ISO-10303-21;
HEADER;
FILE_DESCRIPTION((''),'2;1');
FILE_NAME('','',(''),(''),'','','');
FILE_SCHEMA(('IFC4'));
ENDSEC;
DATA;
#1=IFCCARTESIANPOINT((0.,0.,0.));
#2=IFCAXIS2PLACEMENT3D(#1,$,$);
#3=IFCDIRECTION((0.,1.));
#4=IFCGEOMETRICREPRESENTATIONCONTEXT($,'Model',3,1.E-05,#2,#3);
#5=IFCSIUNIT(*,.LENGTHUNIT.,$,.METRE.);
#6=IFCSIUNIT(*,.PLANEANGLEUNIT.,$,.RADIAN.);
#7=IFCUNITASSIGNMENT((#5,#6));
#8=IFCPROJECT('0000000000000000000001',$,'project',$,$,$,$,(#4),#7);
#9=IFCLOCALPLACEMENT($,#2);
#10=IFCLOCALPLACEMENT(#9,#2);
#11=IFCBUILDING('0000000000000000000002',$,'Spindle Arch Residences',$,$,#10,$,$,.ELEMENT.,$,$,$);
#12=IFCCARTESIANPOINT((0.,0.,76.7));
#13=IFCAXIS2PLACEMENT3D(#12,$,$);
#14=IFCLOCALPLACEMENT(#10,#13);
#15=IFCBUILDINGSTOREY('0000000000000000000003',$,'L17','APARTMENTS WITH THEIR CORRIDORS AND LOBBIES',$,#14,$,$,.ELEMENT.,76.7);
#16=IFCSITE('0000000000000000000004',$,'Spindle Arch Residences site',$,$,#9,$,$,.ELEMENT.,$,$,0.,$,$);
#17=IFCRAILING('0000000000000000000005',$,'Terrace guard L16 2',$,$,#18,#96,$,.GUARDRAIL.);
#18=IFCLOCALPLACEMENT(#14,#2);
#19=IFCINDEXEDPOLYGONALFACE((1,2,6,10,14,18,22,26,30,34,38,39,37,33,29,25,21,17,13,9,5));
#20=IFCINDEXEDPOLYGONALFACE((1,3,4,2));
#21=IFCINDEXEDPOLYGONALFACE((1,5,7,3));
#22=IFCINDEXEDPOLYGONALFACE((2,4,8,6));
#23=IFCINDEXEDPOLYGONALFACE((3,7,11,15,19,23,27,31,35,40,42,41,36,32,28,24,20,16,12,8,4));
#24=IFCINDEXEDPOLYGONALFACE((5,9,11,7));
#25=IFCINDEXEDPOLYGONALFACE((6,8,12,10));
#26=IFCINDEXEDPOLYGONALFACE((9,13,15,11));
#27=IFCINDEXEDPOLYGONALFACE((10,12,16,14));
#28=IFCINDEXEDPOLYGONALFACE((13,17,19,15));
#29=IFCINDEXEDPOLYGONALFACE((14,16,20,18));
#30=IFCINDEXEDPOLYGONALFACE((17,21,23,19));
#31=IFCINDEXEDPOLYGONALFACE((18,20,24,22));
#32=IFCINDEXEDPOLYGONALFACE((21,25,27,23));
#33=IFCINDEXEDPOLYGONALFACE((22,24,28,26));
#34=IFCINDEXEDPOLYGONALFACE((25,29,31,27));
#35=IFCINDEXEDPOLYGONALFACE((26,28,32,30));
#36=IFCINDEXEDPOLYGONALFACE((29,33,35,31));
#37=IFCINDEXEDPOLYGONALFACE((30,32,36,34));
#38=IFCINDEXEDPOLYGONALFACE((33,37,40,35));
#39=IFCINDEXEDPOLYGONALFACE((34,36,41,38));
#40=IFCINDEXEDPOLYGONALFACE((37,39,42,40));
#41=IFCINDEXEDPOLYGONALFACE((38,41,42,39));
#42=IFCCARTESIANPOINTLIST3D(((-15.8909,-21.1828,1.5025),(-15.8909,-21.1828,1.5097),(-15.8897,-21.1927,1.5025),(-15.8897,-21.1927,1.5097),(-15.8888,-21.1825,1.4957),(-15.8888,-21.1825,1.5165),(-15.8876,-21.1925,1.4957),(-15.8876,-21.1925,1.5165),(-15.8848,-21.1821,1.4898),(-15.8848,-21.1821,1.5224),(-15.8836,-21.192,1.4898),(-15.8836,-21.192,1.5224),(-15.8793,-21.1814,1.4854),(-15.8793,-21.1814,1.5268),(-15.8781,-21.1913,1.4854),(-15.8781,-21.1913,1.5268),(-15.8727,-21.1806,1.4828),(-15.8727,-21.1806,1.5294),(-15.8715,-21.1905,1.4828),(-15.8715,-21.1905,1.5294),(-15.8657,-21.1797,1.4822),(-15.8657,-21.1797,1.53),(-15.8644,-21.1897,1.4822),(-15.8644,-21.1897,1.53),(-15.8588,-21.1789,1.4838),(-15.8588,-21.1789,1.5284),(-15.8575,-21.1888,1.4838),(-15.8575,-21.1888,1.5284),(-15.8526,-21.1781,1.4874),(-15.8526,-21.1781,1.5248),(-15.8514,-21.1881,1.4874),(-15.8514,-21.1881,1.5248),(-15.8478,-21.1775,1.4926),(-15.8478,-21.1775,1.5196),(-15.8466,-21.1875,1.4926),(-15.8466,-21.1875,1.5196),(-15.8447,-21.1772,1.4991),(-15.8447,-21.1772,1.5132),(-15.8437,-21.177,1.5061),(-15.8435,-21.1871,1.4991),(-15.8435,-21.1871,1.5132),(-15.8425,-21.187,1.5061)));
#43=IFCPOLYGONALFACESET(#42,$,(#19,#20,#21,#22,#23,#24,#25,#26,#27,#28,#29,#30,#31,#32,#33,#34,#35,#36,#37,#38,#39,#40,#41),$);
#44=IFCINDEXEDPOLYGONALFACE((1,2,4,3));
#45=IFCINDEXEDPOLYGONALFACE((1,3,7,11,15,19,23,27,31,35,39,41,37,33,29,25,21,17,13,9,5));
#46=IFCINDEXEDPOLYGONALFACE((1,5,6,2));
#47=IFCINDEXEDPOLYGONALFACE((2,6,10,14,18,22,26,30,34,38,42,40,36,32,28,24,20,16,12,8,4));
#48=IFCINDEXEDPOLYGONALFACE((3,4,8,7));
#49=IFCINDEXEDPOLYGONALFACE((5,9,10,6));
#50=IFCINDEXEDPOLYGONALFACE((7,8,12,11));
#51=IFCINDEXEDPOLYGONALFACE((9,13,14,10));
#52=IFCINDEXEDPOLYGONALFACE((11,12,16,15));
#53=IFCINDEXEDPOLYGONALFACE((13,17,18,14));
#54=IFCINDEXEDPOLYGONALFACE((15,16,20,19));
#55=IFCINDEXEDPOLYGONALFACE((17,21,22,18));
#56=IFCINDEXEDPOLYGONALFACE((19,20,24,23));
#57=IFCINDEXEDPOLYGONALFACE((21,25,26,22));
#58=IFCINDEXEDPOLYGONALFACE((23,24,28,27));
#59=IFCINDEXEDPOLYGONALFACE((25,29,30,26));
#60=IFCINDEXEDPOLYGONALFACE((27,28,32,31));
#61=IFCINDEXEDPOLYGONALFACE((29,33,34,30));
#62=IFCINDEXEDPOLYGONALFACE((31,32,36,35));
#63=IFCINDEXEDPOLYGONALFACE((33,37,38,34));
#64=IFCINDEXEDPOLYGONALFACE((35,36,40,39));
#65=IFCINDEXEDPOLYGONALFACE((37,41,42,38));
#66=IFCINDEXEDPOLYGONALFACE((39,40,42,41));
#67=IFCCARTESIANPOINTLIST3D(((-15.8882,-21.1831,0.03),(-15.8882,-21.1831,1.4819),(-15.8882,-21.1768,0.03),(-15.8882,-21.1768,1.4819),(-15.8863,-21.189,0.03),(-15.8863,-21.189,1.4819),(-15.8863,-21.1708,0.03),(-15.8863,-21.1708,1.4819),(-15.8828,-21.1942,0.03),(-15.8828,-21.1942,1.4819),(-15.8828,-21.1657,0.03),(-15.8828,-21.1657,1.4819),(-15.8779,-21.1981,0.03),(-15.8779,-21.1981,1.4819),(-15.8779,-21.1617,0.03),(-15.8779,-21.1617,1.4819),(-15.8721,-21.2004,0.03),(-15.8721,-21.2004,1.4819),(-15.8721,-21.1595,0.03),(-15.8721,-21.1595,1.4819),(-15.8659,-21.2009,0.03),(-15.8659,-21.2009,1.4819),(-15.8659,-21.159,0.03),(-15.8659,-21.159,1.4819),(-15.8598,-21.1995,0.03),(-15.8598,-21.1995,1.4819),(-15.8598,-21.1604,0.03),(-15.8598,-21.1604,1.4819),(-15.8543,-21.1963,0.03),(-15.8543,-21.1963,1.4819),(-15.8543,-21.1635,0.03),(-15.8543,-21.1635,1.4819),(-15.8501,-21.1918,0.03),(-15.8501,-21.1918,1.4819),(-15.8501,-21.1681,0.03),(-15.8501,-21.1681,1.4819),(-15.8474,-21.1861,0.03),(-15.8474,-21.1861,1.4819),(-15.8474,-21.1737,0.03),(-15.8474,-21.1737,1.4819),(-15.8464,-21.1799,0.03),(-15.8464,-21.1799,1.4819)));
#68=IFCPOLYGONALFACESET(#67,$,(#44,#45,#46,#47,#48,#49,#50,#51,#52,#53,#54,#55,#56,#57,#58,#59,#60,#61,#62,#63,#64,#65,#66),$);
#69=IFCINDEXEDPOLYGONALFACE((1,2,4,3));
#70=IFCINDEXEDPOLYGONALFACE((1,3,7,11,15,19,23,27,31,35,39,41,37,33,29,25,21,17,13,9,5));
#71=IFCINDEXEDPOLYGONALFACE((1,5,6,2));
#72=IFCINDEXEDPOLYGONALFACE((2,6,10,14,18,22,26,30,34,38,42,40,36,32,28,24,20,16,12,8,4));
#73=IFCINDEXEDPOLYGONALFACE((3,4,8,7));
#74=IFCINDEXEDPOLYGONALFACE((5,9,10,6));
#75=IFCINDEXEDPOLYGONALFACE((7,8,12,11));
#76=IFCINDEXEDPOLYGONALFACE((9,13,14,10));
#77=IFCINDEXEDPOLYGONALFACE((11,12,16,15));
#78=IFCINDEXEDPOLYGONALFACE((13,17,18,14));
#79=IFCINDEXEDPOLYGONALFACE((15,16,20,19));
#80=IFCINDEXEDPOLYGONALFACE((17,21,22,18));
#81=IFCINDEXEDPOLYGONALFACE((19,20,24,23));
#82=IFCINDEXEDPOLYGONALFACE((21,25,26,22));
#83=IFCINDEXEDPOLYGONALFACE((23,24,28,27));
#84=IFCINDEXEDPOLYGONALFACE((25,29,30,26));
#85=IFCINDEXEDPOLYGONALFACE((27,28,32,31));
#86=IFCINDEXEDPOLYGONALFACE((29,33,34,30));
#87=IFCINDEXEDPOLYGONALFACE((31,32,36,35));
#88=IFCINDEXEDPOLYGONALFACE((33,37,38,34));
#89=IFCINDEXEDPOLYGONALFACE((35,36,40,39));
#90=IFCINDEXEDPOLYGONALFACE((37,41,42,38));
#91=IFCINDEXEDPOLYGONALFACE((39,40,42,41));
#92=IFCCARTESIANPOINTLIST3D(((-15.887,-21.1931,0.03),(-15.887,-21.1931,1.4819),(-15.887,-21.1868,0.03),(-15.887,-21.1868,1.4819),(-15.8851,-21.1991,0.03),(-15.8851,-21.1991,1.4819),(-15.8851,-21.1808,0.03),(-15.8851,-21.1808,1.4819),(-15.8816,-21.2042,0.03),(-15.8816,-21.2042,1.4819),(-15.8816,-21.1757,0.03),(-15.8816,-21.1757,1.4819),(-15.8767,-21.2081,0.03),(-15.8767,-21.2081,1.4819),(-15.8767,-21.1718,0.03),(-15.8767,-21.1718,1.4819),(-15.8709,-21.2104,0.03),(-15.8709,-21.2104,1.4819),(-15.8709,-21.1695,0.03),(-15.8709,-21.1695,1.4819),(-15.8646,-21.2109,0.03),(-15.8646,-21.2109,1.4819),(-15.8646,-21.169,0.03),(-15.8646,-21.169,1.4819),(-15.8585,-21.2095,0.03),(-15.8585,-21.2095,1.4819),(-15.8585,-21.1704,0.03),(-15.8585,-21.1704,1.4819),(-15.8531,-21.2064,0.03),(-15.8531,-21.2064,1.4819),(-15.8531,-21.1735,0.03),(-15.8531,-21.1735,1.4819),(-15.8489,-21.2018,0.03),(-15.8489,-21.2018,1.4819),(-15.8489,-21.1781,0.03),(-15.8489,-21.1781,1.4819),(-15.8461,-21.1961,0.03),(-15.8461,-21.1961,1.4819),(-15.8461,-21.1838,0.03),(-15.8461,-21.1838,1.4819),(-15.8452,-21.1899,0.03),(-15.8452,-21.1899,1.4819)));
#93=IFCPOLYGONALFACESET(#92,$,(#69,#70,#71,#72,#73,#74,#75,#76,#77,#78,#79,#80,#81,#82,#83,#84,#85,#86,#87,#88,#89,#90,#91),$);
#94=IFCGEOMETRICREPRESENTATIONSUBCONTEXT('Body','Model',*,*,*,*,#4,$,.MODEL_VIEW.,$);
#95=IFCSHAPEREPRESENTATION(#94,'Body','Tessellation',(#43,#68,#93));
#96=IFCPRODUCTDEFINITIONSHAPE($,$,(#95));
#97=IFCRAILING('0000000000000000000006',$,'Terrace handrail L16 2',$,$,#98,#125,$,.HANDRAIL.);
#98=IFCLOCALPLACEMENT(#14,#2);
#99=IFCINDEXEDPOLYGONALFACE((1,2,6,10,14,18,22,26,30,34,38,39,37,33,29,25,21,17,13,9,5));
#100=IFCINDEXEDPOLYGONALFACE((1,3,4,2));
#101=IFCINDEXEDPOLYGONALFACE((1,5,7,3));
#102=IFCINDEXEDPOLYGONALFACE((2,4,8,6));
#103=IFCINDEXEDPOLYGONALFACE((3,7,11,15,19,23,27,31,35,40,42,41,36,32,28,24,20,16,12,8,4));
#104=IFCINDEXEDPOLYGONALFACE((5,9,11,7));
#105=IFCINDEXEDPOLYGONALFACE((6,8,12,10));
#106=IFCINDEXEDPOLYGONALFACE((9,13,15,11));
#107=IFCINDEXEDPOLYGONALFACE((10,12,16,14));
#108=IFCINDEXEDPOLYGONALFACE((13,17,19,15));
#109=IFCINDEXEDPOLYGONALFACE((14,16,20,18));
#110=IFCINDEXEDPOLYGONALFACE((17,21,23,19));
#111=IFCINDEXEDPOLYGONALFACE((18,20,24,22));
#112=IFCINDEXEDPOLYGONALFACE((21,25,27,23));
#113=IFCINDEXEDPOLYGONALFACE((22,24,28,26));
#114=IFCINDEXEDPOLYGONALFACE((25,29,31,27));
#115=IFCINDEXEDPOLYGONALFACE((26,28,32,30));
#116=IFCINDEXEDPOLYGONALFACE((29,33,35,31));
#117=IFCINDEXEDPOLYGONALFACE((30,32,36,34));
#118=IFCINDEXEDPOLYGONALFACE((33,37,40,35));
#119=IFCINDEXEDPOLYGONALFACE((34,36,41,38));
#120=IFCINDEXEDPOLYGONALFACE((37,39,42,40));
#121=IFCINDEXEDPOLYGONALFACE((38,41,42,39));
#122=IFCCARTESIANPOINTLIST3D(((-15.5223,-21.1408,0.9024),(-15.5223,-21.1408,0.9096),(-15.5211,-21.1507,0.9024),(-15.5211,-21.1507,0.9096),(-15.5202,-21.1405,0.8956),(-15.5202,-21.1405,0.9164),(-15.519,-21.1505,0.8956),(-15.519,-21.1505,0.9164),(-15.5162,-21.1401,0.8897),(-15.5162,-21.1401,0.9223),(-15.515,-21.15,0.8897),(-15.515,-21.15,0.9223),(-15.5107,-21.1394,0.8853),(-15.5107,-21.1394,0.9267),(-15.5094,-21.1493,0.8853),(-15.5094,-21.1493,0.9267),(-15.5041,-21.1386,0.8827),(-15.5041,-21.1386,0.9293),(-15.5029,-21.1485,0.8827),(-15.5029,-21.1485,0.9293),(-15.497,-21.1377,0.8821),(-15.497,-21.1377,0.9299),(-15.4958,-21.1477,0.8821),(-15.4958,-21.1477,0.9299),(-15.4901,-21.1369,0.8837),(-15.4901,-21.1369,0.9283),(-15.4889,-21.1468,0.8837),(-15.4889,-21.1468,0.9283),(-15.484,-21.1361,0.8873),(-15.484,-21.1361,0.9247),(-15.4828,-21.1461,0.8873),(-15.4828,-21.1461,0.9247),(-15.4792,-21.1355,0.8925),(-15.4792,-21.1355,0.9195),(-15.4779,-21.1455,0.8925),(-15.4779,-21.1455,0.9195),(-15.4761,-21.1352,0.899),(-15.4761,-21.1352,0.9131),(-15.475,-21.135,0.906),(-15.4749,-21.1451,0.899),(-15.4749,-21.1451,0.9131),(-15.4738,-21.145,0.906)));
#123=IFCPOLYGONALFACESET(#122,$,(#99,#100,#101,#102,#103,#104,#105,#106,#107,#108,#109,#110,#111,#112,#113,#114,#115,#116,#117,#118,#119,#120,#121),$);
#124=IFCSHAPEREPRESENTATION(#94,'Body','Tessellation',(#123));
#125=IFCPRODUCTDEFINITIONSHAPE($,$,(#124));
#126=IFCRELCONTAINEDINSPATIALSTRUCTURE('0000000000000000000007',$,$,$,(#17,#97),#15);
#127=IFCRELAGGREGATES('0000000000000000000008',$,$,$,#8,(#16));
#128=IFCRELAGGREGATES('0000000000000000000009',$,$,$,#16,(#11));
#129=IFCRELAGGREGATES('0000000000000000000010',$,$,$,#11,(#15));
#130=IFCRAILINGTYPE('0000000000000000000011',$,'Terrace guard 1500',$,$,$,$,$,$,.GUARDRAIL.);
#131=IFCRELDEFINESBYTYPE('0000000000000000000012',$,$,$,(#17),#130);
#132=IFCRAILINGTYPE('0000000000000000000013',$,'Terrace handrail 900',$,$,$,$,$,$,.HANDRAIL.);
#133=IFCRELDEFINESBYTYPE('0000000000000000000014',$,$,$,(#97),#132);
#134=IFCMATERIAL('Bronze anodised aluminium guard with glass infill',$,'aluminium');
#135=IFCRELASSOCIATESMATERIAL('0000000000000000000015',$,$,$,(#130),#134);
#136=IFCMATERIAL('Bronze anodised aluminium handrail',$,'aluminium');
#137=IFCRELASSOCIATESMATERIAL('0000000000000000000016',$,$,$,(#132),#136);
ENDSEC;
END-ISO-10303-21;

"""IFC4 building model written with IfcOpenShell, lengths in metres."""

from ifc_helpers import new_model, si_unit, direction, frame, origin, origin_2d, place, context, subcontext, project, spatial, circle, extrude, material, type_object, element, save


model = new_model("IFC4")

# Units and contexts
model_context = context("Model", 3, precision=1e-05, world=origin(), true_north=direction((0.0, 1.0)))
body_context = subcontext(model_context, "Body", "Model", "MODEL_VIEW")
ifc_project = project(units=[si_unit("LENGTHUNIT", "METRE"), si_unit("PLANEANGLEUNIT", "RADIAN")], contexts=[model_context])

# Site, building, storey
site_placement = place(None, origin())
site = spatial("IfcSite", under=ifc_project, at=site_placement, Name="Spindle Arch Residences site", CompositionType="ELEMENT", RefElevation=0.0)
building_placement = place(site_placement, origin())
building = spatial("IfcBuilding", under=site, at=building_placement, Name="Spindle Arch Residences", CompositionType="ELEMENT")
storey_placement = place(building_placement, frame((0.0, 0.0, 76.7)))
storey = spatial("IfcBuildingStorey", under=building, at=storey_placement, Name="L17", Description="APARTMENTS WITH THEIR CORRIDORS AND LOBBIES", CompositionType="ELEMENT", Elevation=76.7)

# Railings
ifc_material_1 = material(Name="Bronze anodised aluminium guard with glass infill", Category="aluminium")
railing_type_1 = type_object("IfcRailingType", Name="Terrace guard 1500", PredefinedType="GUARDRAIL", material=ifc_material_1)
railing_1_placement = place(storey_placement, frame((-15.8674, -21.1799, 0.03)))
element("IfcRailing", 1, at=railing_1_placement, inside=storey, type_object=railing_type_1, Name="Terrace guard L16 2", PredefinedType="GUARDRAIL", context=body_context, shape_type="SweptSolid", body=[
    extrude(circle(Radius=0.0239, at=origin_2d()), frame((0.0, 0.0, 1.4761), z_axis=(0.121054, -0.992646, 0.0), x_axis=(0.992646, 0.121054, 0.0)), (0.0, 0.0, 1.0), 0.01),
    extrude(circle(Radius=0.021, at=origin_2d()), origin(), (0.0, 0.0, 1.0), 1.4519),
    extrude(circle(Radius=0.021, at=origin_2d()), frame((0.0012, -0.01, 0.0)), (0.0, 0.0, 1.0), 1.4519),
])
ifc_material_2 = material(Name="Bronze anodised aluminium handrail", Category="aluminium")
railing_type_2 = type_object("IfcRailingType", Name="Terrace handrail 900", PredefinedType="HANDRAIL", material=ifc_material_2)
railing_2_placement = place(storey_placement, frame((-15.4988, -21.1379, 0.03)))
element("IfcRailing", 2, at=railing_2_placement, inside=storey, type_object=railing_type_2, Name="Terrace handrail L16 2", PredefinedType="HANDRAIL", context=body_context, shape_type="SweptSolid", body=[
    extrude(circle(Radius=0.0239, at=origin_2d()), frame((0.0, 0.0, 0.876), z_axis=(0.121054, -0.992646, 0.0), x_axis=(0.992646, 0.121054, 0.0)), (0.0, 0.0, 1.0), 0.01),
])

save(model, "model.ifc")
